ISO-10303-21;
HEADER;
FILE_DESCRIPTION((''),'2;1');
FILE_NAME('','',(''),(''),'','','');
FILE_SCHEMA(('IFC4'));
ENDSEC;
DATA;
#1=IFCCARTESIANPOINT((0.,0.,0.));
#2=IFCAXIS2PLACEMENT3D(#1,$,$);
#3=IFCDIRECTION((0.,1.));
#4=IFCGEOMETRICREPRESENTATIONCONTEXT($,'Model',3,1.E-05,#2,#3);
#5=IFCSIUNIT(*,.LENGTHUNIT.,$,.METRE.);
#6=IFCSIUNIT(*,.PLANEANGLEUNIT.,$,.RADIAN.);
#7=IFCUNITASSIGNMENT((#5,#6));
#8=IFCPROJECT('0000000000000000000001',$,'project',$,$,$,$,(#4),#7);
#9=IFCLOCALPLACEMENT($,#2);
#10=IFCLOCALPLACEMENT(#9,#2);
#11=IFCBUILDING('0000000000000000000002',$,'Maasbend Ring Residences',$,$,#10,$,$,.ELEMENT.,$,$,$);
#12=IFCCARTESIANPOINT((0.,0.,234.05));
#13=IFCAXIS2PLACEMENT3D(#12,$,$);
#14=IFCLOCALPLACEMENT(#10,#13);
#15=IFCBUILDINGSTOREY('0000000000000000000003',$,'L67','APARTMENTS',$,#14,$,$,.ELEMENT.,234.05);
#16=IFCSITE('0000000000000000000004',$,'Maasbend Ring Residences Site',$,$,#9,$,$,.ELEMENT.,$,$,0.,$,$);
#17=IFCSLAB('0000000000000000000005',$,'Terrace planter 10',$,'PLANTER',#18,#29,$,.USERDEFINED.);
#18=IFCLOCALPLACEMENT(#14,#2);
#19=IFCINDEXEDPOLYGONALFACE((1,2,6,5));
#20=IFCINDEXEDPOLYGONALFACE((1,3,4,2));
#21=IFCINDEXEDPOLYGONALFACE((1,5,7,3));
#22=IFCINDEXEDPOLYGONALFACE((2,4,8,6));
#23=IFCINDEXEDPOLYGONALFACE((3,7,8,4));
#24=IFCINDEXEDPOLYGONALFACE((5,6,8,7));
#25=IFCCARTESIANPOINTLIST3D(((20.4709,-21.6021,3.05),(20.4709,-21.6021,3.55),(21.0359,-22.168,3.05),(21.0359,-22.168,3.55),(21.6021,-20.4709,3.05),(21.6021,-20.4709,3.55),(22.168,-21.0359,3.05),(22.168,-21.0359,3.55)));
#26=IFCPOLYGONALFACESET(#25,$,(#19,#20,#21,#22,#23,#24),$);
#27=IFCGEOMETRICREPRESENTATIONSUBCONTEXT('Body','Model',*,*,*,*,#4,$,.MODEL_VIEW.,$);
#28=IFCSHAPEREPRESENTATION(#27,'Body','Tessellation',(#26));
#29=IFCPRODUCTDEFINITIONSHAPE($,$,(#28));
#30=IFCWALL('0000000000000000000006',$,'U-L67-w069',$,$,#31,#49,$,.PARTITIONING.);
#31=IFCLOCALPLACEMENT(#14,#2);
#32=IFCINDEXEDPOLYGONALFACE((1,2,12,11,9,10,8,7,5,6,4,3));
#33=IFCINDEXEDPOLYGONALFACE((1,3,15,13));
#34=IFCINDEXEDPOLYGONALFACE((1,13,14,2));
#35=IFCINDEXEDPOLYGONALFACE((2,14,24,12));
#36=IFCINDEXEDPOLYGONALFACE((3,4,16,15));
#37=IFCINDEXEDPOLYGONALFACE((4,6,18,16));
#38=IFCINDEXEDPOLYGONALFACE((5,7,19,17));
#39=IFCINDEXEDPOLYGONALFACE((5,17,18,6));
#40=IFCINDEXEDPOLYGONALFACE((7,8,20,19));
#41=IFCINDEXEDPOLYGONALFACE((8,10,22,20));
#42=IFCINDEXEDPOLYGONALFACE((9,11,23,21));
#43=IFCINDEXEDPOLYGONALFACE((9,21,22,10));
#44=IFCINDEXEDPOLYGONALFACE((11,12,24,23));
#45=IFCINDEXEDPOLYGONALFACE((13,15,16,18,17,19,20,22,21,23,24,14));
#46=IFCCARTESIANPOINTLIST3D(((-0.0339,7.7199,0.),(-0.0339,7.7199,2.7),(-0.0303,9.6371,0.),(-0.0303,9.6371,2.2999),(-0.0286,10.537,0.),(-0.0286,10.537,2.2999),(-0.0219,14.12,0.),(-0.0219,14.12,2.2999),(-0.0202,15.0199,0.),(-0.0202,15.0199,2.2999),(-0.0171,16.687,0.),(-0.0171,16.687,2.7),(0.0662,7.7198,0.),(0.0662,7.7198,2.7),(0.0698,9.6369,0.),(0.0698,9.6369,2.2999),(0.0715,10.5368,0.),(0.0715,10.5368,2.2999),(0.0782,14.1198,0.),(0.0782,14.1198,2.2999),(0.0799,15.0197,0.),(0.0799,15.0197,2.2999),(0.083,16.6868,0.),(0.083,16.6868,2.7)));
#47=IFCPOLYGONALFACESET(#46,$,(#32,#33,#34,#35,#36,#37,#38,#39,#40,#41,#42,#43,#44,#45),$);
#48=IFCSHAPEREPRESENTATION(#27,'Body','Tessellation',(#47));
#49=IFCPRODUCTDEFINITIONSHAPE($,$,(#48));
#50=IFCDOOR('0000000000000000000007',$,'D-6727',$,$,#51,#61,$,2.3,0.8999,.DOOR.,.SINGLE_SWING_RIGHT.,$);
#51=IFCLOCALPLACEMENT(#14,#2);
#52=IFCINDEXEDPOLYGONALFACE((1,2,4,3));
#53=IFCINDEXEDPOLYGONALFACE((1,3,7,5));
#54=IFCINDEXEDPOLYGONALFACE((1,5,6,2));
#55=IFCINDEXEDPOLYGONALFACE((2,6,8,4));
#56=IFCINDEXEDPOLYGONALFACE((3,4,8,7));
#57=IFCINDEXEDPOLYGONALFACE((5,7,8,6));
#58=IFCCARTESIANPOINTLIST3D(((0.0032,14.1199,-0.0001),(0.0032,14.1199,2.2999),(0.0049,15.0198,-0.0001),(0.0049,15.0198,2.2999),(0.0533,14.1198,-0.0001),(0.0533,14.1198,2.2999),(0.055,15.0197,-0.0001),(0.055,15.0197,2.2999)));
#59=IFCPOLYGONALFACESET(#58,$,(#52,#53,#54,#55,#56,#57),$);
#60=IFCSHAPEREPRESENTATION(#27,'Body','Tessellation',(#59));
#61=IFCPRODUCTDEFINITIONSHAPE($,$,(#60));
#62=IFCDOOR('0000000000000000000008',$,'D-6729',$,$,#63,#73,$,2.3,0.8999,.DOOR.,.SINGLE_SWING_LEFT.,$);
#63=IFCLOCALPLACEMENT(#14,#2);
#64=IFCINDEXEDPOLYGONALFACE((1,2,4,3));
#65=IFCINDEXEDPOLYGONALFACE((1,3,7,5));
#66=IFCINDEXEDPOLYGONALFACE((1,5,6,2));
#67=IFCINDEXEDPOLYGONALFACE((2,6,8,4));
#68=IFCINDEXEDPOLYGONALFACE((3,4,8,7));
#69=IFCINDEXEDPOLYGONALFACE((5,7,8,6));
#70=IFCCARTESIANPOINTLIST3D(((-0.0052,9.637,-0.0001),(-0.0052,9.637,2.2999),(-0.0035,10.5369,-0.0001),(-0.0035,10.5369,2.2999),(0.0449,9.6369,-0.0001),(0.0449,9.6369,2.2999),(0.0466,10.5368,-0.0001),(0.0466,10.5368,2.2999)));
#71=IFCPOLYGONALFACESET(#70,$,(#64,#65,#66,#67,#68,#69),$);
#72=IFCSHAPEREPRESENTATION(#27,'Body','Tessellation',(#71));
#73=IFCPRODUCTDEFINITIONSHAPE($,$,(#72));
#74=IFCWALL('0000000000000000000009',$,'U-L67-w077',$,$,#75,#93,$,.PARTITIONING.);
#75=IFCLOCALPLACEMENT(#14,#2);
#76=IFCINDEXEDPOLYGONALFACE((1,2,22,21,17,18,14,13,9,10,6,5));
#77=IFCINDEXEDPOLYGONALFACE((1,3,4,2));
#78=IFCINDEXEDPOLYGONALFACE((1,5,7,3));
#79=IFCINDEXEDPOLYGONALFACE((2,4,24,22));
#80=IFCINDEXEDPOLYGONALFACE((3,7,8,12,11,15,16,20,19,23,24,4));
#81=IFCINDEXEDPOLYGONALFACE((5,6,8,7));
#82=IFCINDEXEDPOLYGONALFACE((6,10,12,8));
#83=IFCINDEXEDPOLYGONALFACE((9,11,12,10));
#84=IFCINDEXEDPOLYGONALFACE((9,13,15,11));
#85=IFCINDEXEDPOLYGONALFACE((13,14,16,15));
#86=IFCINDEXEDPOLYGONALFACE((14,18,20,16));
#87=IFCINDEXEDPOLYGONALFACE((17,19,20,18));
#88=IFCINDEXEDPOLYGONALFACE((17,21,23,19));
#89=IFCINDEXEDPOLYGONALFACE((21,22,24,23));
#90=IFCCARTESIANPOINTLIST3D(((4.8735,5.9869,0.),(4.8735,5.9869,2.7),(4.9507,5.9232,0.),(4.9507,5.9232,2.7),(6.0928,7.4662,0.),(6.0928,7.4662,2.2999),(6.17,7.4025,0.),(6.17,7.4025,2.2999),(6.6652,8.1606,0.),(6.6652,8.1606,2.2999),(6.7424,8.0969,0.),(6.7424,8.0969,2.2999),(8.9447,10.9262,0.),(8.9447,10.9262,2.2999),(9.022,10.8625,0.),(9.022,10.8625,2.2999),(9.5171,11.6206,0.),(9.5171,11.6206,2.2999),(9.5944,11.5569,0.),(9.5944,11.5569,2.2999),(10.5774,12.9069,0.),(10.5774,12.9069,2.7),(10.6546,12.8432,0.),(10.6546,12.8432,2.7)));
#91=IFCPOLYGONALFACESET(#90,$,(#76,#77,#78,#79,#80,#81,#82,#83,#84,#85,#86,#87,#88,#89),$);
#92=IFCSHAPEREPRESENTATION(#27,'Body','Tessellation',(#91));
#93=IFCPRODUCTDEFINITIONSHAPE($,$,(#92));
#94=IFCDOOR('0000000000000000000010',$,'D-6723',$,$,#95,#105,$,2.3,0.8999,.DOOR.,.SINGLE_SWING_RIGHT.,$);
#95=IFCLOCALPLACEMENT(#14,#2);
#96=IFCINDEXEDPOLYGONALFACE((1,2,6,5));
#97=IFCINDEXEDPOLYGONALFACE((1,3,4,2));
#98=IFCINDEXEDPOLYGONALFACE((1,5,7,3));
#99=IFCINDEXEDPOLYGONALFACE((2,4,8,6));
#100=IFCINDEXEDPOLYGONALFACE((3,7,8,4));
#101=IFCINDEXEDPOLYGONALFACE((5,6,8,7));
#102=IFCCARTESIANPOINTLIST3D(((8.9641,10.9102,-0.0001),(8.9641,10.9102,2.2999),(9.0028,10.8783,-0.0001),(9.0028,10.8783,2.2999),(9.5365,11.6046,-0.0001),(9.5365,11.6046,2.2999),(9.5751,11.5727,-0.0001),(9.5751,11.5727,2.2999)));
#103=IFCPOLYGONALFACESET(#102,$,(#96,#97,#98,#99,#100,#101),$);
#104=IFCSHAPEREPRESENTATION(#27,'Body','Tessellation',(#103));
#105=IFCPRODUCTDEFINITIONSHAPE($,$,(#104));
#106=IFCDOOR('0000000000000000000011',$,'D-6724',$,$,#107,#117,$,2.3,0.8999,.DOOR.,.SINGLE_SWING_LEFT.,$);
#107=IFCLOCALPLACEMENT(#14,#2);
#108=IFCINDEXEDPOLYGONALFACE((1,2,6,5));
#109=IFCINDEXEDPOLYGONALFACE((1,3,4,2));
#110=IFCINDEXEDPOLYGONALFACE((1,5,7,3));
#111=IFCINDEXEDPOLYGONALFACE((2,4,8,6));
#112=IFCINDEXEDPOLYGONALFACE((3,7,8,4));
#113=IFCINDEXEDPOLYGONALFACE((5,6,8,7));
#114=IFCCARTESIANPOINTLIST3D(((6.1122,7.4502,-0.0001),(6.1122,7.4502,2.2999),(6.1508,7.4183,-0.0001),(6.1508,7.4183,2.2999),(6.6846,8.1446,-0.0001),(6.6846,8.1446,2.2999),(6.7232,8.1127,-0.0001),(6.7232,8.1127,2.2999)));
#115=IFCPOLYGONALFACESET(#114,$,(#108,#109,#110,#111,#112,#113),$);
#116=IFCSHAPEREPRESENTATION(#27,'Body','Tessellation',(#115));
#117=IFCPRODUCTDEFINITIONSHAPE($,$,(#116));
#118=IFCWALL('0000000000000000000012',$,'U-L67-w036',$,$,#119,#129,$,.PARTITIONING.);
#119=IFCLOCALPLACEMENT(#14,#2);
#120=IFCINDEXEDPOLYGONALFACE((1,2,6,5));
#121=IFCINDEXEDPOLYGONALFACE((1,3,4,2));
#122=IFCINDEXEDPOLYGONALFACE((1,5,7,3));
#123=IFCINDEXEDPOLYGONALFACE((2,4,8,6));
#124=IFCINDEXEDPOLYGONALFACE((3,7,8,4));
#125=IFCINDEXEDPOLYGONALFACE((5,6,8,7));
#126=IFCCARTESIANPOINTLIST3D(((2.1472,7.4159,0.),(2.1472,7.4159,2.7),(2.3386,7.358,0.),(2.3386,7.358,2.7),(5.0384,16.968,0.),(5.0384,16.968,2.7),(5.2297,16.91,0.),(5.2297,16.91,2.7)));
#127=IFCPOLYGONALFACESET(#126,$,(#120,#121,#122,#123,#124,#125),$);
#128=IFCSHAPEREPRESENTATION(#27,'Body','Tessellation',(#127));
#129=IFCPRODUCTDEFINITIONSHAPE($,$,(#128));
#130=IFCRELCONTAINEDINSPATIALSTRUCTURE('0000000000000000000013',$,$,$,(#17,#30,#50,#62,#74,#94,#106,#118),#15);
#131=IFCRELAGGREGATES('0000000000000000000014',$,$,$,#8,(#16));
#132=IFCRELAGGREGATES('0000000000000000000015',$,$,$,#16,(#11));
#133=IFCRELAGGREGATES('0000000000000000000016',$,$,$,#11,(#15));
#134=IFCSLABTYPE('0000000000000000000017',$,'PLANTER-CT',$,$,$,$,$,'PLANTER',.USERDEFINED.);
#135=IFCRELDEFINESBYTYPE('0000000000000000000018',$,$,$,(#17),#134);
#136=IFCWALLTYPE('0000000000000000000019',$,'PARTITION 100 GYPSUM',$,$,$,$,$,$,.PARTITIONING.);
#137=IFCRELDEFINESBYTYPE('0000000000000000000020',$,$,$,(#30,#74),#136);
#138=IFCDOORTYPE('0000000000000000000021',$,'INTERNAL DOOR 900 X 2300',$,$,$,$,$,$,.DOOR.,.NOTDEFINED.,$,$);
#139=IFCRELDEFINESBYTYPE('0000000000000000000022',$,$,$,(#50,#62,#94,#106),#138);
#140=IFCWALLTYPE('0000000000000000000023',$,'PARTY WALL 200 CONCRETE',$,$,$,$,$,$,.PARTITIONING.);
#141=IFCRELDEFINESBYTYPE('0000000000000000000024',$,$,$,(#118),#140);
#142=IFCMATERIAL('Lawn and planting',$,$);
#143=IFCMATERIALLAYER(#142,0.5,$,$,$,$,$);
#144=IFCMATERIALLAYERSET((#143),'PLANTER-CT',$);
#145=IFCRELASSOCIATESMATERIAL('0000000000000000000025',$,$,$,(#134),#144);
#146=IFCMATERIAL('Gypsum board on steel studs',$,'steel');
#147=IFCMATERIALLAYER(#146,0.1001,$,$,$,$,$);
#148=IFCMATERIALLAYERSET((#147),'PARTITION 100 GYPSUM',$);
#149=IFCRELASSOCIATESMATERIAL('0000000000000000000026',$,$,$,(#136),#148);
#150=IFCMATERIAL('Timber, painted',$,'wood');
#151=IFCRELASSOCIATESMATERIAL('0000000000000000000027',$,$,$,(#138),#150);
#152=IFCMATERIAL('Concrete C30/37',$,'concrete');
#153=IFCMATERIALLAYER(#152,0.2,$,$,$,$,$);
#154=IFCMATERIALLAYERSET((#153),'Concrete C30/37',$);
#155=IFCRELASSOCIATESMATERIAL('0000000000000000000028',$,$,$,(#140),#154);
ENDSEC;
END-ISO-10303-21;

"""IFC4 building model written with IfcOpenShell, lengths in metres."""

from ifc_helpers import new_model, si_unit, direction, frame, frame_2d, origin, place, context, subcontext, project, spatial, polyline, rectangle, outline, extrude, material, layer, layer_set, type_object, element, fill, save


model = new_model("IFC4")

# Units and contexts
model_context = context("Model", 3, precision=1e-05, world=origin(), true_north=direction((0.0, 1.0)))
body_context = subcontext(model_context, "Body", "Model", "MODEL_VIEW")
ifc_project = project(units=[si_unit("LENGTHUNIT", "METRE"), si_unit("PLANEANGLEUNIT", "RADIAN")], contexts=[model_context])

# Site, building, storey
site_placement = place(None, origin())
site = spatial("IfcSite", under=ifc_project, at=site_placement, Name="Maasbend Ring Residences Site", CompositionType="ELEMENT", RefElevation=0.0)
building_placement = place(site_placement, origin())
building = spatial("IfcBuilding", under=site, at=building_placement, Name="Maasbend Ring Residences", CompositionType="ELEMENT")
storey_placement = place(building_placement, frame((0.0, 0.0, 234.05)))
storey = spatial("IfcBuildingStorey", under=building, at=storey_placement, Name="L67", Description="APARTMENTS", CompositionType="ELEMENT", Elevation=234.05)

# Slab
ifc_material_1 = material(Name="Lawn and planting")
ifc_layer_1 = layer(ifc_material_1, 0.5)
ifc_layer_set_1 = layer_set([ifc_layer_1], Name="PLANTER-CT")
slab_type_1 = type_object("IfcSlabType", Name="PLANTER-CT", ElementType="PLANTER", PredefinedType="USERDEFINED", material=ifc_layer_set_1)
slab_1_placement = place(storey_placement, frame((0.0, 0.0, 3.05)))
element("IfcSlab", 1, at=slab_1_placement, inside=storey, type_object=slab_type_1, Name="Terrace planter 10", ObjectType="PLANTER", PredefinedType="USERDEFINED", context=body_context, shape_type="SweptSolid", body=[
    extrude(outline(polyline([(21.0359, -22.168), (22.168, -21.0359), (21.6021, -20.4709), (20.4709, -21.6021), (21.0359, -22.168)])), origin(), (0.0, 0.0, 1.0), 0.5),
])

# Walls, openings, doors
ifc_material_2 = material(Name="Gypsum board on steel studs", Category="steel")
ifc_layer_2 = layer(ifc_material_2, 0.1001)
ifc_layer_set_2 = layer_set([ifc_layer_2], Name="PARTITION 100 GYPSUM")
wall_type_1 = type_object("IfcWallType", Name="PARTITION 100 GYPSUM", PredefinedType="PARTITIONING", material=ifc_layer_set_2)
wall_1_placement = place(storey_placement, frame((0.0161, 7.72, 0.0), z_axis=(0.0, 0.0, 1.0), x_axis=(0.001879, 0.999998, 0.0)))
wall_1 = element("IfcWall", 2, at=wall_1_placement, inside=storey, type_object=wall_type_1, Name="U-L67-w069", PredefinedType="PARTITIONING", context=body_context, shape_type="SweptSolid", body=[
    extrude(rectangle(XDim=8.967, YDim=0.1001, at=frame_2d((4.4834, 0.0))), origin(), (0.0, 0.0, 1.0), 2.7),
])
opening_1_placement = place(wall_1_placement, frame((6.3999, 0.0, 0.0)))
opening_1 = element("IfcOpeningElement", 3, at=opening_1_placement, cuts=wall_1, PredefinedType="OPENING", context=body_context, shape_type="SweptSolid", body=[
    extrude(rectangle(XDim=0.8999, YDim=2.3, at=frame_2d((0.45, 1.1499))), frame((0.0, 0.0601, 0.0), z_axis=(0.0, -1.0, 0.0), x_axis=(1.0, 0.0, 0.0)), (0.0, 0.0, 1.0), 0.1201),
])
opening_2_placement = place(wall_1_placement, frame((1.917, 0.0, 0.0)))
opening_2 = element("IfcOpeningElement", 4, at=opening_2_placement, cuts=wall_1, PredefinedType="OPENING", context=body_context, shape_type="SweptSolid", body=[
    extrude(rectangle(XDim=0.8999, YDim=2.3, at=frame_2d((0.45, 1.1499))), frame((0.0, 0.0601, 0.0), z_axis=(0.0, -1.0, 0.0), x_axis=(1.0, 0.0, 0.0)), (0.0, 0.0, 1.0), 0.1201),
])
ifc_material_3 = material(Name="Timber, painted", Category="wood")
door_type = type_object("IfcDoorType", Name="INTERNAL DOOR 900 X 2300", OperationType="NOTDEFINED", PredefinedType="DOOR", material=ifc_material_3)
door_1_placement = place(opening_1_placement, origin())
door_1 = element("IfcDoor", 5, at=door_1_placement, inside=storey, type_object=door_type, Name="D-6727", OperationType="SINGLE_SWING_RIGHT", OverallHeight=2.3, OverallWidth=0.8999, PredefinedType="DOOR", context=body_context, shape_type="SweptSolid", body=[
    extrude(rectangle(XDim=0.8999, YDim=2.3, at=frame_2d((0.45, 1.1499))), frame((0.0, 0.0249, 0.0), z_axis=(0.0, -1.0, 0.0), x_axis=(1.0, 0.0, 0.0)), (0.0, 0.0, 1.0), 0.05),
])
fill(opening_1, door_1)
door_2_placement = place(opening_2_placement, origin())
door_2 = element("IfcDoor", 6, at=door_2_placement, inside=storey, type_object=door_type, Name="D-6729", OperationType="SINGLE_SWING_LEFT", OverallHeight=2.3, OverallWidth=0.8999, PredefinedType="DOOR", context=body_context, shape_type="SweptSolid", body=[
    extrude(rectangle(XDim=0.8999, YDim=2.3, at=frame_2d((0.45, 1.1499))), frame((0.0, 0.0249, 0.0), z_axis=(0.0, -1.0, 0.0), x_axis=(1.0, 0.0, 0.0)), (0.0, 0.0, 1.0), 0.05),
])
fill(opening_2, door_2)
wall_2_placement = place(storey_placement, frame((4.9121, 5.9551, 0.0), z_axis=(0.0, 0.0, 1.0), x_axis=(0.636046, 0.771651, 0.0)))
wall_2 = element("IfcWall", 7, at=wall_2_placement, inside=storey, type_object=wall_type_1, Name="U-L67-w077", PredefinedType="PARTITIONING", context=body_context, shape_type="SweptSolid", body=[
    extrude(rectangle(XDim=8.9678, YDim=0.1001, at=frame_2d((4.4839, 0.0))), origin(), (0.0, 0.0, 1.0), 2.7),
])
opening_3_placement = place(wall_2_placement, frame((6.4009, 0.0, 0.0)))
opening_3 = element("IfcOpeningElement", 8, at=opening_3_placement, cuts=wall_2, PredefinedType="OPENING", context=body_context, shape_type="SweptSolid", body=[
    extrude(rectangle(XDim=0.8999, YDim=2.3, at=frame_2d((0.45, 1.1499))), frame((0.0, 0.0601, 0.0), z_axis=(0.0, -1.0, 0.0), x_axis=(1.0, 0.0, 0.0)), (0.0, 0.0, 1.0), 0.1201),
])
opening_4_placement = place(wall_2_placement, frame((1.917, 0.0, 0.0)))
opening_4 = element("IfcOpeningElement", 9, at=opening_4_placement, cuts=wall_2, PredefinedType="OPENING", context=body_context, shape_type="SweptSolid", body=[
    extrude(rectangle(XDim=0.8999, YDim=2.3, at=frame_2d((0.45, 1.1499))), frame((0.0, 0.0601, 0.0), z_axis=(0.0, -1.0, 0.0), x_axis=(1.0, 0.0, 0.0)), (0.0, 0.0, 1.0), 0.1201),
])
door_3_placement = place(opening_3_placement, origin())
door_3 = element("IfcDoor", 10, at=door_3_placement, inside=storey, type_object=door_type, Name="D-6723", OperationType="SINGLE_SWING_RIGHT", OverallHeight=2.3, OverallWidth=0.8999, PredefinedType="DOOR", context=body_context, shape_type="SweptSolid", body=[
    extrude(rectangle(XDim=0.8999, YDim=2.3, at=frame_2d((0.45, 1.1499))), frame((0.0, 0.0249, 0.0), z_axis=(0.0, -1.0, 0.0), x_axis=(1.0, 0.0, 0.0)), (0.0, 0.0, 1.0), 0.05),
])
fill(opening_3, door_3)
door_4_placement = place(opening_4_placement, origin())
door_4 = element("IfcDoor", 11, at=door_4_placement, inside=storey, type_object=door_type, Name="D-6724", OperationType="SINGLE_SWING_LEFT", OverallHeight=2.3, OverallWidth=0.8999, PredefinedType="DOOR", context=body_context, shape_type="SweptSolid", body=[
    extrude(rectangle(XDim=0.8999, YDim=2.3, at=frame_2d((0.45, 1.1499))), frame((0.0, 0.0249, 0.0), z_axis=(0.0, -1.0, 0.0), x_axis=(1.0, 0.0, 0.0)), (0.0, 0.0, 1.0), 0.05),
])
fill(opening_4, door_4)

# Wall
ifc_material_4 = material(Name="Concrete C30/37", Category="concrete")
ifc_layer_3 = layer(ifc_material_4, 0.2)
ifc_layer_set_3 = layer_set([ifc_layer_3], Name="Concrete C30/37")
wall_type_2 = type_object("IfcWallType", Name="PARTY WALL 200 CONCRETE", PredefinedType="PARTITIONING", material=ifc_layer_set_3)
wall_3_placement = place(storey_placement, frame((2.2429, 7.387, 0.0), z_axis=(0.0, 0.0, 1.0), x_axis=(0.289692, 0.95712, 0.0)))
element("IfcWall", 12, at=wall_3_placement, inside=storey, type_object=wall_type_2, Name="U-L67-w036", PredefinedType="PARTITIONING", context=body_context, shape_type="SweptSolid", body=[
    extrude(rectangle(XDim=9.98, YDim=0.2, at=frame_2d((4.99, 0.0))), origin(), (0.0, 0.0, 1.0), 2.7),
])

save(model, "model.ifc")
